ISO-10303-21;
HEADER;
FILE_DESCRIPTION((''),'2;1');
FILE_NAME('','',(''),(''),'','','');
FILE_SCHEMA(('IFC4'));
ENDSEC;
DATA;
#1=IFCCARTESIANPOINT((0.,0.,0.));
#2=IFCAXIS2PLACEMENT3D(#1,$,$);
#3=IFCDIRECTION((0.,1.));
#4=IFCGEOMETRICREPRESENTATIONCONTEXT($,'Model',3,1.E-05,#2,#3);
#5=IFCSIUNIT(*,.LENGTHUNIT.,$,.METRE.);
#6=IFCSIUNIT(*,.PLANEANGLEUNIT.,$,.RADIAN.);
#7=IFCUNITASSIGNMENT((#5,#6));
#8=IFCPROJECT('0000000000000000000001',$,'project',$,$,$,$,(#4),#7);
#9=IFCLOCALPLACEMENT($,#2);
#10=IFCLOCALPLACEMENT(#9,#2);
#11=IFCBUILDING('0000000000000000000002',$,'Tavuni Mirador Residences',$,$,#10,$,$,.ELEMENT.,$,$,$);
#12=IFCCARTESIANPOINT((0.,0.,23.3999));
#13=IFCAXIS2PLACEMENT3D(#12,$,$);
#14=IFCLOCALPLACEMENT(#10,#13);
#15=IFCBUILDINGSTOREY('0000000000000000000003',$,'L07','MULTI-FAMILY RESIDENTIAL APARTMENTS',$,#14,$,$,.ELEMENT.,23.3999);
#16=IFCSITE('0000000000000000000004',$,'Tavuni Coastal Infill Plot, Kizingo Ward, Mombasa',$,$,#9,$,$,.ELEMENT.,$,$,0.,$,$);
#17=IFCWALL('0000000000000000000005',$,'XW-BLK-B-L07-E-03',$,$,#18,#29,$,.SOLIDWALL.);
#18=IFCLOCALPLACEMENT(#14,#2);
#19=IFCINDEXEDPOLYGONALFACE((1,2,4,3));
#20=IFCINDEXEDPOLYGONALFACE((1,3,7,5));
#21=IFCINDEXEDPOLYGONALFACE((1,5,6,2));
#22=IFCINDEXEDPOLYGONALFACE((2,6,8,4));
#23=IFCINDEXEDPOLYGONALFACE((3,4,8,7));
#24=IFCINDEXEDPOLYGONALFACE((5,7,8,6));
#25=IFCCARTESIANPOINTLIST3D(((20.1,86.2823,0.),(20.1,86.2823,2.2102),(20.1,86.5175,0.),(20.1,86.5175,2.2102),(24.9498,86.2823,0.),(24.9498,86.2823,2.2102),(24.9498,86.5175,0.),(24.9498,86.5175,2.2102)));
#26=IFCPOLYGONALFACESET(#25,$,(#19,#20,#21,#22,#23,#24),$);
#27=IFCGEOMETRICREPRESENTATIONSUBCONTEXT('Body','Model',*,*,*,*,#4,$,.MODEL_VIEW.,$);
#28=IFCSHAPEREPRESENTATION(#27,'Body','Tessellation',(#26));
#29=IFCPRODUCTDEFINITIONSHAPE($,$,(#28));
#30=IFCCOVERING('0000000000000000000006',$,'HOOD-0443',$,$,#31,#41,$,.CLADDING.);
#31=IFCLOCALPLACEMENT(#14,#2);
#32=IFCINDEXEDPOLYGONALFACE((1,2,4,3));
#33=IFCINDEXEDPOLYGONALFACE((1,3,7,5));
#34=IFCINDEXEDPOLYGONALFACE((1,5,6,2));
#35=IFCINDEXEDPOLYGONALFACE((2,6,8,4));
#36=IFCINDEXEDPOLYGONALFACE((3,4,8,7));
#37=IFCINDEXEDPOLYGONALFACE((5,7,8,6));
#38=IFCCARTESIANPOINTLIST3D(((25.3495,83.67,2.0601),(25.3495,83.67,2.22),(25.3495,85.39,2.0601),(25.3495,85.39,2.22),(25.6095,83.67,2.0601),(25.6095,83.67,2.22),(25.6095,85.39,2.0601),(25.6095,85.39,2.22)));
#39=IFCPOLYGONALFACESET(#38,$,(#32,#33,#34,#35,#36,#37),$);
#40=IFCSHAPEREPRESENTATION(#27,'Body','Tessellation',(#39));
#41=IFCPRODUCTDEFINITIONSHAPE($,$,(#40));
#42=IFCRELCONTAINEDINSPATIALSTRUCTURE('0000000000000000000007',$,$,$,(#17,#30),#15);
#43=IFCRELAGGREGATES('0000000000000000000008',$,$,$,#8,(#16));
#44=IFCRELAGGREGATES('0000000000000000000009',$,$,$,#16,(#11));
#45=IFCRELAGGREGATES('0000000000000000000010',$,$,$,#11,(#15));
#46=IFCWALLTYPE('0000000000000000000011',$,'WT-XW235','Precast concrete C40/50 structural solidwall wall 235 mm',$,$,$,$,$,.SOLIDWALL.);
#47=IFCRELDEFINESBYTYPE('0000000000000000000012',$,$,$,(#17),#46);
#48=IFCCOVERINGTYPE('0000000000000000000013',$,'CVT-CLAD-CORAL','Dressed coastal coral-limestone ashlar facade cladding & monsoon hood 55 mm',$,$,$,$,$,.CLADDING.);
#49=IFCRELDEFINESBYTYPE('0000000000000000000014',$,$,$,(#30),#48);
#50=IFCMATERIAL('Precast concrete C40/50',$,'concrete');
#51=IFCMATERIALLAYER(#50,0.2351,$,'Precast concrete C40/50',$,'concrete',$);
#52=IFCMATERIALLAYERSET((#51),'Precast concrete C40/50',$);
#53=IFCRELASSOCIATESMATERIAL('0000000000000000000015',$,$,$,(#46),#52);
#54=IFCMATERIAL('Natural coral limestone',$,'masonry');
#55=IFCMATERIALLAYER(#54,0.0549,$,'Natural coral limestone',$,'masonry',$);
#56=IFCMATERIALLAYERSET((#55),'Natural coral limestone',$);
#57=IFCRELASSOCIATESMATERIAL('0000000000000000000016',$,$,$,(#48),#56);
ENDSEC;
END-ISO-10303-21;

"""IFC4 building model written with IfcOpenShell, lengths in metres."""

from ifc_helpers import new_model, si_unit, direction, frame, frame_2d, origin, origin_2d, place, context, subcontext, project, spatial, rectangle, extrude, material, layer, layer_set, type_object, element, save


model = new_model("IFC4")

# Units and contexts
model_context = context("Model", 3, precision=1e-05, world=origin(), true_north=direction((0.0, 1.0)))
body_context = subcontext(model_context, "Body", "Model", "MODEL_VIEW")
ifc_project = project(units=[si_unit("LENGTHUNIT", "METRE"), si_unit("PLANEANGLEUNIT", "RADIAN")], contexts=[model_context])

# Site, building, storey
site_placement = place(None, origin())
site = spatial("IfcSite", under=ifc_project, at=site_placement, Name="Tavuni Coastal Infill Plot, Kizingo Ward, Mombasa", CompositionType="ELEMENT", RefElevation=0.0)
building_placement = place(site_placement, origin())
building = spatial("IfcBuilding", under=site, at=building_placement, Name="Tavuni Mirador Residences", CompositionType="ELEMENT")
storey_placement = place(building_placement, frame((0.0, 0.0, 23.3999)))
storey = spatial("IfcBuildingStorey", under=building, at=storey_placement, Name="L07", Description="MULTI-FAMILY RESIDENTIAL APARTMENTS", CompositionType="ELEMENT", Elevation=23.3999)

# Shared definitions
ifc_material_1 = material(Name="Precast concrete C40/50", Category="concrete")

# Wall
ifc_layer_1 = layer(ifc_material_1, 0.2351, Name="Precast concrete C40/50", Category="concrete")
ifc_layer_set_1 = layer_set([ifc_layer_1], Name="Precast concrete C40/50")
wall_type_1 = type_object("IfcWallType", Name="WT-XW235", Description="Precast concrete C40/50 structural solidwall wall 235 mm", PredefinedType="SOLIDWALL", material=ifc_layer_set_1)
wall_1_placement = place(storey_placement, frame((20.1001, 86.3999, 0.0), z_axis=(0.0, 0.0, 1.0), x_axis=(1.0, 0.0, 0.0)))
element("IfcWall", 1, at=wall_1_placement, inside=storey, type_object=wall_type_1, Name="XW-BLK-B-L07-E-03", PredefinedType="SOLIDWALL", context=body_context, shape_type="SweptSolid", body=[
    extrude(rectangle(XDim=4.8499, YDim=0.2351, at=frame_2d((2.4248, 0.0))), origin(), (0.0, 0.0, 1.0), 2.2102),
])

# Covering
ifc_material_2 = material(Name="Natural coral limestone", Category="masonry")
ifc_layer_2 = layer(ifc_material_2, 0.0549, Name="Natural coral limestone", Category="masonry")
ifc_layer_set_2 = layer_set([ifc_layer_2], Name="Natural coral limestone")
covering_type = type_object("IfcCoveringType", Name="CVT-CLAD-CORAL", Description="Dressed coastal coral-limestone ashlar facade cladding & monsoon hood 55 mm", PredefinedType="CLADDING", material=ifc_layer_set_2)
covering_placement = place(storey_placement, frame((25.4795, 84.53, 2.0601), z_axis=(0.0, 0.0, 1.0), x_axis=(0.0, 1.0, 0.0)))
element("IfcCovering", 2, at=covering_placement, inside=storey, type_object=covering_type, Name="HOOD-0443", PredefinedType="CLADDING", context=body_context, shape_type="SweptSolid", body=[
    extrude(rectangle(XDim=1.72, YDim=0.26, at=origin_2d()), origin(), (0.0, 0.0, 1.0), 0.1599),
])

save(model, "model.ifc")
